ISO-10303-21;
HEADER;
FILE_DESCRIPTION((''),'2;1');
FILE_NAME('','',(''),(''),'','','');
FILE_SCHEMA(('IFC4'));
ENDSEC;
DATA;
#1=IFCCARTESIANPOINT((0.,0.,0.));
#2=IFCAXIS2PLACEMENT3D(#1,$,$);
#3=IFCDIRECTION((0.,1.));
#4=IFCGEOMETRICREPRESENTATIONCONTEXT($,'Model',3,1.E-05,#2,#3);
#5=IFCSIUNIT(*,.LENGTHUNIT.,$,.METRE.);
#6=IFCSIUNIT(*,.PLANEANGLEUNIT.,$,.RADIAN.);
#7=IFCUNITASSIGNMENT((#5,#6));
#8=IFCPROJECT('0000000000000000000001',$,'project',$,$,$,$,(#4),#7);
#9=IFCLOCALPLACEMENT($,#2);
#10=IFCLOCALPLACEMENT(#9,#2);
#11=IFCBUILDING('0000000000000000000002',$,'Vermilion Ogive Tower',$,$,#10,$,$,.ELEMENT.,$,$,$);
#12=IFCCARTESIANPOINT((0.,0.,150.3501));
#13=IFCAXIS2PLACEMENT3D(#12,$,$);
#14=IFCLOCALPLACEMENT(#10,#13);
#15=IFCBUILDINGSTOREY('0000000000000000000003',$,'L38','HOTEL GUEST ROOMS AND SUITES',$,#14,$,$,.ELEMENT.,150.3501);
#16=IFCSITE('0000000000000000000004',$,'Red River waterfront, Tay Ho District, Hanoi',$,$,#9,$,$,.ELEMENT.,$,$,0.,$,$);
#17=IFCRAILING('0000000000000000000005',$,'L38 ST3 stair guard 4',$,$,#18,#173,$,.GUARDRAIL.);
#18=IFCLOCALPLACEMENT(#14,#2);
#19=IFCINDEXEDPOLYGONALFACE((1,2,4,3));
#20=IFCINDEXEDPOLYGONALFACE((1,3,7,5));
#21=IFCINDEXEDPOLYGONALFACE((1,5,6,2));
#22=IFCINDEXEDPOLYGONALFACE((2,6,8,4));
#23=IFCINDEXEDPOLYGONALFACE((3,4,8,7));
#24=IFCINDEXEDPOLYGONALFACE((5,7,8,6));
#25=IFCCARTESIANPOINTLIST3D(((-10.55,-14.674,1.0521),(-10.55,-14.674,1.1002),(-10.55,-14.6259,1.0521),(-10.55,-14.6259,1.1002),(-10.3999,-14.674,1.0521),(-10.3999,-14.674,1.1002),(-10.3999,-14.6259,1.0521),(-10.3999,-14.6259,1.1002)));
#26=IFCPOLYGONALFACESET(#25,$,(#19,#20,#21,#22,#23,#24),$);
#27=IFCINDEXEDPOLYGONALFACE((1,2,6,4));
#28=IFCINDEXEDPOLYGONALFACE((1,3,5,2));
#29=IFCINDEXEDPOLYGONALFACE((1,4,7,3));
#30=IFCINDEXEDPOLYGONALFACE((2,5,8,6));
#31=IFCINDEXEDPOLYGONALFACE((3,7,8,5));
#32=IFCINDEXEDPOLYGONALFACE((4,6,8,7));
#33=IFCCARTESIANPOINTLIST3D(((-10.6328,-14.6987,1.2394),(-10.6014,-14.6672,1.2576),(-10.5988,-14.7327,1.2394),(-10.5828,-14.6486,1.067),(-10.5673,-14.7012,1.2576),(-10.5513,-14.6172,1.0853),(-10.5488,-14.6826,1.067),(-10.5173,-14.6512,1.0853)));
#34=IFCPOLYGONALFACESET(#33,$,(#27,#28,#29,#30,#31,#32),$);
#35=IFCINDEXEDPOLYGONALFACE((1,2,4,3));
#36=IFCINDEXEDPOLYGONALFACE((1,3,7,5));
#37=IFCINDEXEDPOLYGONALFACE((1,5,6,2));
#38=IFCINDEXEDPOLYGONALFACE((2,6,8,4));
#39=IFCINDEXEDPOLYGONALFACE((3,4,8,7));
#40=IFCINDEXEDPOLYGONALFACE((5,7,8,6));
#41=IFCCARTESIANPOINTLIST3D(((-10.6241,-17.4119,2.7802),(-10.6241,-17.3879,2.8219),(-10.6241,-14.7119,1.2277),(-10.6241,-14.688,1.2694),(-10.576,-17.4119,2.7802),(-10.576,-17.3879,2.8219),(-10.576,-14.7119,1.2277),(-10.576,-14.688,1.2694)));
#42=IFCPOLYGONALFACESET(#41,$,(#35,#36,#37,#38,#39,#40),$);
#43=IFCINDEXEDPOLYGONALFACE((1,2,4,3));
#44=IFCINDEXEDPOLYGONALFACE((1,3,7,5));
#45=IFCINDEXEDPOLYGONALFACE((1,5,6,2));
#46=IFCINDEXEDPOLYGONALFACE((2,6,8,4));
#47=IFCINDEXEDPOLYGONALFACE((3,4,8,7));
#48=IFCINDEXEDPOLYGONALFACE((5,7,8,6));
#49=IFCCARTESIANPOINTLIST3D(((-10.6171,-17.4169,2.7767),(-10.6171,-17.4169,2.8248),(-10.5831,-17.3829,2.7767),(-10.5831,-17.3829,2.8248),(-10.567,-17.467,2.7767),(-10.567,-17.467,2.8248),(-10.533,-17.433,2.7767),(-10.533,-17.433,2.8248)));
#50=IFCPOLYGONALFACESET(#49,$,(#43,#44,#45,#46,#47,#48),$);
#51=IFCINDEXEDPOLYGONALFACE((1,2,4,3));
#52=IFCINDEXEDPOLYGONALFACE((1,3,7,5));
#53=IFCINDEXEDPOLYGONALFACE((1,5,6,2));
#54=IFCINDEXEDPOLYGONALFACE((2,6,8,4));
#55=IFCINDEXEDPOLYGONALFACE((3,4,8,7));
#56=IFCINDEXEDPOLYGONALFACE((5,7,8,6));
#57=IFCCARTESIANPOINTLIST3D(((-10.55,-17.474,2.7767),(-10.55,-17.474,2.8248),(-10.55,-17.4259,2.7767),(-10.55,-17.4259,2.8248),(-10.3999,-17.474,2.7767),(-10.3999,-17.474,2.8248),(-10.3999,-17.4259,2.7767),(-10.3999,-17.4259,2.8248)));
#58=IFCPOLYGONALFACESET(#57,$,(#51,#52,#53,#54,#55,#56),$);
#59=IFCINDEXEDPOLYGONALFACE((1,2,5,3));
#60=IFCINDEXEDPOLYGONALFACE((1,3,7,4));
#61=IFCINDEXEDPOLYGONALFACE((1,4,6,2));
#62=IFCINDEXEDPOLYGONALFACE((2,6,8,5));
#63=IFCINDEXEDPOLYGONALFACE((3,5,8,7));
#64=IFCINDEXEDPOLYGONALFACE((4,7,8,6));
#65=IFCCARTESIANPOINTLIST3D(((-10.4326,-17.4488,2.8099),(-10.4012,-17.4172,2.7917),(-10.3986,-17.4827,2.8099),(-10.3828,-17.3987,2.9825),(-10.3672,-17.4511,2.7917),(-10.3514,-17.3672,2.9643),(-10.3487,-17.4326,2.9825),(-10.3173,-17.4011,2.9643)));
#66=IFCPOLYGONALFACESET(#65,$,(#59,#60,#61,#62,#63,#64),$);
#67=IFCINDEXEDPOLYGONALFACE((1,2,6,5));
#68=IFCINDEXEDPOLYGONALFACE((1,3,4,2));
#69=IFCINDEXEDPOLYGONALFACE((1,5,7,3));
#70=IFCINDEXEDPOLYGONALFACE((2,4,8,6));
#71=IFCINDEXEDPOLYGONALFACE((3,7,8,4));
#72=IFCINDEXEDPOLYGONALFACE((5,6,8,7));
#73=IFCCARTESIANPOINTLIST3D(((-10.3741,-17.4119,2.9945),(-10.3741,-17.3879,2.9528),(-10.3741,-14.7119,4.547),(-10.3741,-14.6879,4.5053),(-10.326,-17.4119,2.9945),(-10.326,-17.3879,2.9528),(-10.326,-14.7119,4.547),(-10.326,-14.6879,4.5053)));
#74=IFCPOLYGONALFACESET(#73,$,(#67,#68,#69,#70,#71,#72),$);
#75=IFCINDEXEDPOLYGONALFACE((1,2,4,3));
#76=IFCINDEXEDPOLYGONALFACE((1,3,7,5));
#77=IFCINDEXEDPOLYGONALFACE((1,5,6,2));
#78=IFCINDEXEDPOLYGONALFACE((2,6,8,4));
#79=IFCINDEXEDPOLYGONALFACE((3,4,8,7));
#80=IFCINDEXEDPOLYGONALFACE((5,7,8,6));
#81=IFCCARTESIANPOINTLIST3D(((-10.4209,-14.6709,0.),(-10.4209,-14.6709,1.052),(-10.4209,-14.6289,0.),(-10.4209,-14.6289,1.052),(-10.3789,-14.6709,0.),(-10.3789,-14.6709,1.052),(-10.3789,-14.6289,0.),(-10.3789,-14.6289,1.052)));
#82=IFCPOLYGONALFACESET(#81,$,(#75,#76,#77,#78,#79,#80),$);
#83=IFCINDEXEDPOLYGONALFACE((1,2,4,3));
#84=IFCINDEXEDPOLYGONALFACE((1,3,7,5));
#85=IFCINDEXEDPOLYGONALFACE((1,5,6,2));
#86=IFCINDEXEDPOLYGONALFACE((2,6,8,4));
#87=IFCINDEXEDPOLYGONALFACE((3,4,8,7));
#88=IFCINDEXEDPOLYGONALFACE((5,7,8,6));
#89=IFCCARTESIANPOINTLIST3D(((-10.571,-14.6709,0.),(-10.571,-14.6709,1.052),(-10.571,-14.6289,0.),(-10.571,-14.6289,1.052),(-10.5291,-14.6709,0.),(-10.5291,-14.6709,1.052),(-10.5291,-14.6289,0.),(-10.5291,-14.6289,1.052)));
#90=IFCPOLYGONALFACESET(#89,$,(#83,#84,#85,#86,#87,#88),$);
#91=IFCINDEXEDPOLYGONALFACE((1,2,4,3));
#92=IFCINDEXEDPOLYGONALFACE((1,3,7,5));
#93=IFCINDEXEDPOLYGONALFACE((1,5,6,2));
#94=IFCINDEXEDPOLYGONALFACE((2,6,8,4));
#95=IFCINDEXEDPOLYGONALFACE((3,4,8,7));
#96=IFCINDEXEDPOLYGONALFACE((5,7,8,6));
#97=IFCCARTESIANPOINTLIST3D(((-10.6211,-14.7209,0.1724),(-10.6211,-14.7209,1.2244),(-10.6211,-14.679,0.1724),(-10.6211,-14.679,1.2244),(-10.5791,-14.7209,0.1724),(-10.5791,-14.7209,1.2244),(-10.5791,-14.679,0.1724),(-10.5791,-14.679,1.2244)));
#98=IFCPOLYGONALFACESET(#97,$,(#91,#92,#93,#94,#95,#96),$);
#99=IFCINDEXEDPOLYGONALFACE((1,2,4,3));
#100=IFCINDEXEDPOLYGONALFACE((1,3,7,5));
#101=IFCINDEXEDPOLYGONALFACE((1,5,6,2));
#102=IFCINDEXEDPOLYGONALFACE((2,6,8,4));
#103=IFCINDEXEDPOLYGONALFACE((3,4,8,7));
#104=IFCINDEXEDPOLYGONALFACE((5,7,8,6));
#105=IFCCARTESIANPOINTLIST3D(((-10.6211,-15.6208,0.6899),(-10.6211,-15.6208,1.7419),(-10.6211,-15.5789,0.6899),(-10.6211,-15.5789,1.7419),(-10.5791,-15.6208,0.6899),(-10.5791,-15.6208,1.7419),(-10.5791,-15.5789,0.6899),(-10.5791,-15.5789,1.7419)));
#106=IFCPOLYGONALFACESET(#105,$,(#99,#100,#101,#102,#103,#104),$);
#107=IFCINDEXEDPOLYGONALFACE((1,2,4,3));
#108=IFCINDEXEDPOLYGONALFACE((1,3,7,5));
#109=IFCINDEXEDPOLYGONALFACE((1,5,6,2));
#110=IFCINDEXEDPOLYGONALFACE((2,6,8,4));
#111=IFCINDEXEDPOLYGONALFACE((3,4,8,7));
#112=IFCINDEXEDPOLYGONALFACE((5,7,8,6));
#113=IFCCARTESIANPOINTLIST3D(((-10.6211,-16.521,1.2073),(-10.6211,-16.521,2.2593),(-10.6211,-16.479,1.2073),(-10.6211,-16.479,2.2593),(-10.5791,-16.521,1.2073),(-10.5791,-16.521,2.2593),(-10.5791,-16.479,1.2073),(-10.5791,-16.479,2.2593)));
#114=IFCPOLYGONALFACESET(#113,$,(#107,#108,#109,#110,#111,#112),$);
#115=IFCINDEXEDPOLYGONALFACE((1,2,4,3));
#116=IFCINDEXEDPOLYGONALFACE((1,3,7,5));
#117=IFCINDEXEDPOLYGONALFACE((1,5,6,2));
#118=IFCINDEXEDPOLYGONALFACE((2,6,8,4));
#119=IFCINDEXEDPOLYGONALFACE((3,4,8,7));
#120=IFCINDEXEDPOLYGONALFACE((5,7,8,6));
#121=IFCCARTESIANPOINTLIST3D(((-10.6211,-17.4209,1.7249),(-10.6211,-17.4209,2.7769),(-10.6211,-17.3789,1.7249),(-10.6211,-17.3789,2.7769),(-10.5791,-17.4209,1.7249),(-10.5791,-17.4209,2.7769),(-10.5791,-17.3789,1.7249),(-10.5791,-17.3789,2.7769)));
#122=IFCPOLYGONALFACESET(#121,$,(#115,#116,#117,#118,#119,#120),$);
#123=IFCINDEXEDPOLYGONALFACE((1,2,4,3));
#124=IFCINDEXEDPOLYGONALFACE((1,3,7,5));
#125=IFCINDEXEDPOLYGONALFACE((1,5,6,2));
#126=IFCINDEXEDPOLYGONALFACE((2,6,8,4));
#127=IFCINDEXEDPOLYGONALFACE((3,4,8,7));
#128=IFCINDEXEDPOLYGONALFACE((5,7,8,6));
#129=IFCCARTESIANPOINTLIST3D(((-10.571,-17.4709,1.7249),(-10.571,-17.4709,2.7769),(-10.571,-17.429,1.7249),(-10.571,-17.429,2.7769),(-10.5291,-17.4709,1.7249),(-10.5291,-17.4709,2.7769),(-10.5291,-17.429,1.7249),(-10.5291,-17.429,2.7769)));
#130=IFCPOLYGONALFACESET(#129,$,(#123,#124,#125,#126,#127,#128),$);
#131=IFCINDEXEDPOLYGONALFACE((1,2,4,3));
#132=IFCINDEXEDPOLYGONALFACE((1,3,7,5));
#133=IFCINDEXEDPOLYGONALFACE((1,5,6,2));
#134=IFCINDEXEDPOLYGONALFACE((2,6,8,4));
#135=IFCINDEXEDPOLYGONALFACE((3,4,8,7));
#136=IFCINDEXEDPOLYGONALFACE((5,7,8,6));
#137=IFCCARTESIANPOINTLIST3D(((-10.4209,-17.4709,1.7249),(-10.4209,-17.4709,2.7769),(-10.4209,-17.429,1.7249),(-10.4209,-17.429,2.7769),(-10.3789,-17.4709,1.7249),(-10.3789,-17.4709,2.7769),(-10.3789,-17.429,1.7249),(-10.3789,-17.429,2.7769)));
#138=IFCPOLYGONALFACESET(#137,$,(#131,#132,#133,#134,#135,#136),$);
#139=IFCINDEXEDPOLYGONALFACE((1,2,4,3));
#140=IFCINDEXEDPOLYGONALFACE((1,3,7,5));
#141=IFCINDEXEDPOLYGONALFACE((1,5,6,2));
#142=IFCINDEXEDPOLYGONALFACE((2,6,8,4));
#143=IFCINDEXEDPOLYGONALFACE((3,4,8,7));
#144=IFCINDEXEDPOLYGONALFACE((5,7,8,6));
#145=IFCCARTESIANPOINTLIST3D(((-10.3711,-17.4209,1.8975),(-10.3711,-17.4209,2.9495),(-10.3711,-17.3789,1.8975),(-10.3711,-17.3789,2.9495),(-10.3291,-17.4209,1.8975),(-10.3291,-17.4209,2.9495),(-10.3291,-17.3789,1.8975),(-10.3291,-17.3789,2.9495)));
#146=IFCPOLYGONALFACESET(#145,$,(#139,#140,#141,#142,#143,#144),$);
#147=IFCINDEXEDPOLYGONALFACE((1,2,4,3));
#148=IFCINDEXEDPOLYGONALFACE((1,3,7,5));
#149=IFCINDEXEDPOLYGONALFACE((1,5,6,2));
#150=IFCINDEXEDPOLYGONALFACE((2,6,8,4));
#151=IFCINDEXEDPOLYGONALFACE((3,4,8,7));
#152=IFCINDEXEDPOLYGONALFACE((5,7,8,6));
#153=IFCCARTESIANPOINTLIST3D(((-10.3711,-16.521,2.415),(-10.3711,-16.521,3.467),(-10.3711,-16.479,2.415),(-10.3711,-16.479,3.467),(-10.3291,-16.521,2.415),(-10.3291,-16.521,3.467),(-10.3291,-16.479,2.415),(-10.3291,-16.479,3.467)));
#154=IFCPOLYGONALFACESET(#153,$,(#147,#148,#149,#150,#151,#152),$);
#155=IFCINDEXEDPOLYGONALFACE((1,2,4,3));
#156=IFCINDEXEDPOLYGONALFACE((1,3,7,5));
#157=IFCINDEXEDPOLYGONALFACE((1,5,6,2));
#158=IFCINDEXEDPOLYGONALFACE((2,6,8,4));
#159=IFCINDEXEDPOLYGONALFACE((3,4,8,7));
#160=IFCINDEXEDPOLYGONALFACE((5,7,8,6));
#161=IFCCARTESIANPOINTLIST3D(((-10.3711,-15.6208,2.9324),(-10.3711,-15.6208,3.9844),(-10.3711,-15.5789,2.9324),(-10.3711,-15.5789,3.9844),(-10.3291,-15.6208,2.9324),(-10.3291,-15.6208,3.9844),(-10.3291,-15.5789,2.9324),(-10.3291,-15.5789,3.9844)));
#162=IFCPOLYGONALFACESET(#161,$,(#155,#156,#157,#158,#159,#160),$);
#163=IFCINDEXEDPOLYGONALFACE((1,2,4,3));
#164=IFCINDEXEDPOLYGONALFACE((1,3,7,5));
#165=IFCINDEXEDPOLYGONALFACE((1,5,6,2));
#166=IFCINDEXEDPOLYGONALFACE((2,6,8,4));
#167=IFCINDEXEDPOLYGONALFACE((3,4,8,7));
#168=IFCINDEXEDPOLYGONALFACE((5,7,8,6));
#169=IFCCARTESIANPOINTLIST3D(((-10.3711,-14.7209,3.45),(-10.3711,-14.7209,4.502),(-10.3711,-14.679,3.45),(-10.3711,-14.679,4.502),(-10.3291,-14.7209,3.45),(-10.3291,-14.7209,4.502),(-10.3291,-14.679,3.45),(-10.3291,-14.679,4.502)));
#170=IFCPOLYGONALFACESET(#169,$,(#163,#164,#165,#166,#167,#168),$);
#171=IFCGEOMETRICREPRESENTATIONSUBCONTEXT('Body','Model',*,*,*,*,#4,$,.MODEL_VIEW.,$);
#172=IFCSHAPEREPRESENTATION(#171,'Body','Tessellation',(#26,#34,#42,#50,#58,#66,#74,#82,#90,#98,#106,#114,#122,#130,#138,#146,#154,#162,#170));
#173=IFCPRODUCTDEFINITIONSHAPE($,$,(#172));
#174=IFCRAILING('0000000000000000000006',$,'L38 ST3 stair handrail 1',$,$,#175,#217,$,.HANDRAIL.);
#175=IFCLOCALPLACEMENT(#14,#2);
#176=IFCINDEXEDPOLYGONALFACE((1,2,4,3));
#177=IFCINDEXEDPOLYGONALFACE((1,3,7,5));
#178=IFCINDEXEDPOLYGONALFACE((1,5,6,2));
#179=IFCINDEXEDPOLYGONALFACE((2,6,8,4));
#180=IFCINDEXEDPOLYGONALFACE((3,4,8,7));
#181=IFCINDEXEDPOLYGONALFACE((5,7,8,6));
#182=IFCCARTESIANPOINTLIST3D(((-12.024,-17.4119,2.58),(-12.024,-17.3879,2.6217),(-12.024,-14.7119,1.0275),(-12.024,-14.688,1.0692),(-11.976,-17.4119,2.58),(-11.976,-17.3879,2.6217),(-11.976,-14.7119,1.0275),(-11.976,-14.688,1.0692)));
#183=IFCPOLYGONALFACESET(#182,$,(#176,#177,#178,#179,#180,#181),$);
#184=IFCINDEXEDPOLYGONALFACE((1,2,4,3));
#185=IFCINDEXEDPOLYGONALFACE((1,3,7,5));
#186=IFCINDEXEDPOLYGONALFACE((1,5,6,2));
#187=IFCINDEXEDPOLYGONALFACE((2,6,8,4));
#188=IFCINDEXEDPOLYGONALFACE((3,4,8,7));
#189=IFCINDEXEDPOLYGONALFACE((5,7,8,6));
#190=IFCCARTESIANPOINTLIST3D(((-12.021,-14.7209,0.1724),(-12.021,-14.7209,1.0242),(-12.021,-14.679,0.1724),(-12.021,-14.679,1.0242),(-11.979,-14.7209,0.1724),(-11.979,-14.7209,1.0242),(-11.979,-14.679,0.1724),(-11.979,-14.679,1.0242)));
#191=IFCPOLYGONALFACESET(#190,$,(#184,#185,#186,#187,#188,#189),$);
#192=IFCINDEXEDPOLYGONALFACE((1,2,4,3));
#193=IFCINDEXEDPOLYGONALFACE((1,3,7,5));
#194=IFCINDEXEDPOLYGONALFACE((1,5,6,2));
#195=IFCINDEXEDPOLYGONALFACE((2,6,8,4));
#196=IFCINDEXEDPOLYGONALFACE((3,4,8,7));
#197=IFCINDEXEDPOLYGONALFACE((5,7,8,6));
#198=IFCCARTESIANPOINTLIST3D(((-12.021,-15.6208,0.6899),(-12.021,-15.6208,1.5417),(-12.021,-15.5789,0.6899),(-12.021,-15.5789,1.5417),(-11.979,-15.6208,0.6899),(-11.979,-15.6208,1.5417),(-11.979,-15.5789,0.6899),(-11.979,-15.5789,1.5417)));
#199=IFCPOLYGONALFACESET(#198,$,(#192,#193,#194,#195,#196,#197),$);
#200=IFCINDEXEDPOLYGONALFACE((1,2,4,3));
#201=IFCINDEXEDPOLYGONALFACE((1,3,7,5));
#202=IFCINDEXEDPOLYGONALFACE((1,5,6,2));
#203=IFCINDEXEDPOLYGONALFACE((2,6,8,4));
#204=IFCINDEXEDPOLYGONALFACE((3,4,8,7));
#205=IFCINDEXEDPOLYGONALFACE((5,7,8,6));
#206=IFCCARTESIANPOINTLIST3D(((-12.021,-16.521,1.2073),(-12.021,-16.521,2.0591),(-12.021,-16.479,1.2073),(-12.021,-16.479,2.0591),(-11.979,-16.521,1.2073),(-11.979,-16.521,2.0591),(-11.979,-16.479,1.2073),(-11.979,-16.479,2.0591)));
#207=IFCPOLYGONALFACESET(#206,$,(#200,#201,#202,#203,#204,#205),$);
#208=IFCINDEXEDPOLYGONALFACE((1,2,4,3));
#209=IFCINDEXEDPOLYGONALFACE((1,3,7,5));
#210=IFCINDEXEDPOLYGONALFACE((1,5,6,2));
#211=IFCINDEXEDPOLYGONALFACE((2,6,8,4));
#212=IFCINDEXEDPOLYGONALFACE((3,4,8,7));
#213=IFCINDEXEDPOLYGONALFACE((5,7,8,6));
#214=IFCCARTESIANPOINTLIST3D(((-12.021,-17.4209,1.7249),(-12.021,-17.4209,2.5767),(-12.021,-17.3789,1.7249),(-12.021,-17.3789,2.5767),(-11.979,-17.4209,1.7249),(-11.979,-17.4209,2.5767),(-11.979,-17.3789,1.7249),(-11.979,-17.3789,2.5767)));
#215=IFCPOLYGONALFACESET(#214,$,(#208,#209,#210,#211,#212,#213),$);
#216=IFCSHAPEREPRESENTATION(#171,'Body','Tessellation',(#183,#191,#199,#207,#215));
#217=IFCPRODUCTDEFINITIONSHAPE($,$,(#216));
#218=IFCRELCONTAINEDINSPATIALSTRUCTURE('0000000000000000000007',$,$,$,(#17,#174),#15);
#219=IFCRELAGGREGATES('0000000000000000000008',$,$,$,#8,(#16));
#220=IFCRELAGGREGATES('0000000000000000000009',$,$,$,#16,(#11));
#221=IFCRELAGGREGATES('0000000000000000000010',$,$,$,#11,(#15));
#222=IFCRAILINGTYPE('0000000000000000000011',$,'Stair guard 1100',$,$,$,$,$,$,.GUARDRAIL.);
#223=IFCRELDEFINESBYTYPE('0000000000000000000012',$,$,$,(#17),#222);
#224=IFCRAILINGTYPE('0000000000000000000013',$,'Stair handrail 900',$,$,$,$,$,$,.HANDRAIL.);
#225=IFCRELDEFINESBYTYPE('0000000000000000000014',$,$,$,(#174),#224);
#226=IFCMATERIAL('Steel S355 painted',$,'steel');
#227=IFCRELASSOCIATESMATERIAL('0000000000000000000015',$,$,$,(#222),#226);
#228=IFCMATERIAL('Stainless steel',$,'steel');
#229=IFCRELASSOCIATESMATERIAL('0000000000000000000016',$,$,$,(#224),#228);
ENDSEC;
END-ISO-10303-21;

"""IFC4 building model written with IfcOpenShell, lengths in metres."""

from ifc_helpers import new_model, si_unit, direction, frame, origin, origin_2d, place, context, subcontext, project, spatial, rectangle, extrude, material, type_object, element, save


model = new_model("IFC4")

# Units and contexts
model_context = context("Model", 3, precision=1e-05, world=origin(), true_north=direction((0.0, 1.0)))
body_context = subcontext(model_context, "Body", "Model", "MODEL_VIEW")
ifc_project = project(units=[si_unit("LENGTHUNIT", "METRE"), si_unit("PLANEANGLEUNIT", "RADIAN")], contexts=[model_context])

# Site, building, storey
site_placement = place(None, origin())
site = spatial("IfcSite", under=ifc_project, at=site_placement, Name="Red River waterfront, Tay Ho District, Hanoi", CompositionType="ELEMENT", RefElevation=0.0)
building_placement = place(site_placement, origin())
building = spatial("IfcBuilding", under=site, at=building_placement, Name="Vermilion Ogive Tower", CompositionType="ELEMENT")
storey_placement = place(building_placement, frame((0.0, 0.0, 150.3501)))
storey = spatial("IfcBuildingStorey", under=building, at=storey_placement, Name="L38", Description="HOTEL GUEST ROOMS AND SUITES", CompositionType="ELEMENT", Elevation=150.3501)

# Railings
ifc_material_1 = material(Name="Steel S355 painted", Category="steel")
railing_type_1 = type_object("IfcRailingType", Name="Stair guard 1100", PredefinedType="GUARDRAIL", material=ifc_material_1)
railing_1_placement = place(storey_placement, frame((-10.3999, -14.6499, 0.0)))
element("IfcRailing", 1, at=railing_1_placement, inside=storey, type_object=railing_type_1, Name="L38 ST3 stair guard 4", PredefinedType="GUARDRAIL", context=body_context, shape_type="SweptSolid", body=[
    extrude(rectangle(XDim=0.0481, YDim=0.0481, at=origin_2d()), frame((0.0, 0.0, 1.0762), z_axis=(-1.0, 0.0, 0.0), x_axis=(0.0, -1.0, 0.0)), (0.0, 0.0, 1.0), 0.1501),
    extrude(rectangle(XDim=0.0481, YDim=0.0481, at=origin_2d()), frame((-0.1501, 0.0, 1.0762), z_axis=(-0.268603, -0.268603, 0.925043), x_axis=(0.707107, -0.707107, 0.0)), (0.0, 0.0, 1.0), 0.1863),
    extrude(rectangle(XDim=0.0481, YDim=0.0481, at=origin_2d()), frame((-0.2002, -0.05, 1.2485), z_axis=(0.0, -0.866904, 0.498476), x_axis=(1.0, 0.0, 0.0)), (0.0, 0.0, 1.0), 3.1145),
    extrude(rectangle(XDim=0.0481, YDim=0.0481, at=origin_2d()), frame((-0.2002, -2.75, 2.8008), z_axis=(0.707107, -0.707107, 0.0), x_axis=(0.707107, 0.707107, 0.0)), (0.0, 0.0, 1.0), 0.0708),
    extrude(rectangle(XDim=0.0481, YDim=0.0481, at=origin_2d()), frame((-0.1501, -2.8, 2.8008), z_axis=(1.0, 0.0, 0.0), x_axis=(0.0, 1.0, 0.0)), (0.0, 0.0, 1.0), 0.1501),
    extrude(rectangle(XDim=0.0481, YDim=0.0481, at=origin_2d()), frame((0.0, -2.8, 2.8008), z_axis=(0.267063, 0.268372, 0.925556), x_axis=(-0.708834, 0.705376, 0.0)), (0.0, 0.0, 1.0), 0.1865),
    extrude(rectangle(XDim=0.0481, YDim=0.0481, at=origin_2d()), frame((0.0498, -2.75, 2.9736), z_axis=(0.0, 0.866904, 0.498476), x_axis=(-1.0, 0.0, 0.0)), (0.0, 0.0, 1.0), 3.1145),
    extrude(rectangle(XDim=0.042, YDim=0.042, at=origin_2d()), origin(), (0.0, 0.0, 1.0), 1.052),
    extrude(rectangle(XDim=0.042, YDim=0.042, at=origin_2d()), frame((-0.1501, 0.0, 0.0)), (0.0, 0.0, 1.0), 1.052),
    extrude(rectangle(XDim=0.042, YDim=0.042, at=origin_2d()), frame((-0.2002, -0.05, 0.1724)), (0.0, 0.0, 1.0), 1.052),
    extrude(rectangle(XDim=0.042, YDim=0.042, at=origin_2d()), frame((-0.2002, -0.95, 0.6899)), (0.0, 0.0, 1.0), 1.052),
    extrude(rectangle(XDim=0.042, YDim=0.042, at=origin_2d()), frame((-0.2002, -1.8501, 1.2073)), (0.0, 0.0, 1.0), 1.052),
    extrude(rectangle(XDim=0.042, YDim=0.042, at=origin_2d()), frame((-0.2002, -2.75, 1.7249)), (0.0, 0.0, 1.0), 1.052),
    extrude(rectangle(XDim=0.042, YDim=0.042, at=origin_2d()), frame((-0.1501, -2.8, 1.7249)), (0.0, 0.0, 1.0), 1.052),
    extrude(rectangle(XDim=0.042, YDim=0.042, at=origin_2d()), frame((0.0, -2.8, 1.7249)), (0.0, 0.0, 1.0), 1.052),
    extrude(rectangle(XDim=0.042, YDim=0.042, at=origin_2d()), frame((0.0498, -2.75, 1.8975)), (0.0, 0.0, 1.0), 1.052),
    extrude(rectangle(XDim=0.042, YDim=0.042, at=origin_2d()), frame((0.0498, -1.8501, 2.415)), (0.0, 0.0, 1.0), 1.052),
    extrude(rectangle(XDim=0.042, YDim=0.042, at=origin_2d()), frame((0.0498, -0.95, 2.9324)), (0.0, 0.0, 1.0), 1.052),
    extrude(rectangle(XDim=0.042, YDim=0.042, at=origin_2d()), frame((0.0498, -0.05, 3.45)), (0.0, 0.0, 1.0), 1.052),
])
ifc_material_2 = material(Name="Stainless steel", Category="steel")
railing_type_2 = type_object("IfcRailingType", Name="Stair handrail 900", PredefinedType="HANDRAIL", material=ifc_material_2)
railing_2_placement = place(storey_placement, frame((-12.0, -14.7, 0.1724)))
element("IfcRailing", 2, at=railing_2_placement, inside=storey, type_object=railing_type_2, Name="L38 ST3 stair handrail 1", PredefinedType="HANDRAIL", context=body_context, shape_type="SweptSolid", body=[
    extrude(rectangle(XDim=0.0481, YDim=0.0481, at=origin_2d()), frame((0.0, 0.0, 0.876), z_axis=(0.0, -0.866904, 0.498476), x_axis=(1.0, 0.0, 0.0)), (0.0, 0.0, 1.0), 3.1145),
    extrude(rectangle(XDim=0.042, YDim=0.042, at=origin_2d()), origin(), (0.0, 0.0, 1.0), 0.8518),
    extrude(rectangle(XDim=0.042, YDim=0.042, at=origin_2d()), frame((0.0, -0.8999, 0.5176)), (0.0, 0.0, 1.0), 0.8518),
    extrude(rectangle(XDim=0.042, YDim=0.042, at=origin_2d()), frame((0.0, -1.8, 1.0349)), (0.0, 0.0, 1.0), 0.8518),
    extrude(rectangle(XDim=0.042, YDim=0.042, at=origin_2d()), frame((0.0, -2.7, 1.5525)), (0.0, 0.0, 1.0), 0.8518),
])

save(model, "model.ifc")
